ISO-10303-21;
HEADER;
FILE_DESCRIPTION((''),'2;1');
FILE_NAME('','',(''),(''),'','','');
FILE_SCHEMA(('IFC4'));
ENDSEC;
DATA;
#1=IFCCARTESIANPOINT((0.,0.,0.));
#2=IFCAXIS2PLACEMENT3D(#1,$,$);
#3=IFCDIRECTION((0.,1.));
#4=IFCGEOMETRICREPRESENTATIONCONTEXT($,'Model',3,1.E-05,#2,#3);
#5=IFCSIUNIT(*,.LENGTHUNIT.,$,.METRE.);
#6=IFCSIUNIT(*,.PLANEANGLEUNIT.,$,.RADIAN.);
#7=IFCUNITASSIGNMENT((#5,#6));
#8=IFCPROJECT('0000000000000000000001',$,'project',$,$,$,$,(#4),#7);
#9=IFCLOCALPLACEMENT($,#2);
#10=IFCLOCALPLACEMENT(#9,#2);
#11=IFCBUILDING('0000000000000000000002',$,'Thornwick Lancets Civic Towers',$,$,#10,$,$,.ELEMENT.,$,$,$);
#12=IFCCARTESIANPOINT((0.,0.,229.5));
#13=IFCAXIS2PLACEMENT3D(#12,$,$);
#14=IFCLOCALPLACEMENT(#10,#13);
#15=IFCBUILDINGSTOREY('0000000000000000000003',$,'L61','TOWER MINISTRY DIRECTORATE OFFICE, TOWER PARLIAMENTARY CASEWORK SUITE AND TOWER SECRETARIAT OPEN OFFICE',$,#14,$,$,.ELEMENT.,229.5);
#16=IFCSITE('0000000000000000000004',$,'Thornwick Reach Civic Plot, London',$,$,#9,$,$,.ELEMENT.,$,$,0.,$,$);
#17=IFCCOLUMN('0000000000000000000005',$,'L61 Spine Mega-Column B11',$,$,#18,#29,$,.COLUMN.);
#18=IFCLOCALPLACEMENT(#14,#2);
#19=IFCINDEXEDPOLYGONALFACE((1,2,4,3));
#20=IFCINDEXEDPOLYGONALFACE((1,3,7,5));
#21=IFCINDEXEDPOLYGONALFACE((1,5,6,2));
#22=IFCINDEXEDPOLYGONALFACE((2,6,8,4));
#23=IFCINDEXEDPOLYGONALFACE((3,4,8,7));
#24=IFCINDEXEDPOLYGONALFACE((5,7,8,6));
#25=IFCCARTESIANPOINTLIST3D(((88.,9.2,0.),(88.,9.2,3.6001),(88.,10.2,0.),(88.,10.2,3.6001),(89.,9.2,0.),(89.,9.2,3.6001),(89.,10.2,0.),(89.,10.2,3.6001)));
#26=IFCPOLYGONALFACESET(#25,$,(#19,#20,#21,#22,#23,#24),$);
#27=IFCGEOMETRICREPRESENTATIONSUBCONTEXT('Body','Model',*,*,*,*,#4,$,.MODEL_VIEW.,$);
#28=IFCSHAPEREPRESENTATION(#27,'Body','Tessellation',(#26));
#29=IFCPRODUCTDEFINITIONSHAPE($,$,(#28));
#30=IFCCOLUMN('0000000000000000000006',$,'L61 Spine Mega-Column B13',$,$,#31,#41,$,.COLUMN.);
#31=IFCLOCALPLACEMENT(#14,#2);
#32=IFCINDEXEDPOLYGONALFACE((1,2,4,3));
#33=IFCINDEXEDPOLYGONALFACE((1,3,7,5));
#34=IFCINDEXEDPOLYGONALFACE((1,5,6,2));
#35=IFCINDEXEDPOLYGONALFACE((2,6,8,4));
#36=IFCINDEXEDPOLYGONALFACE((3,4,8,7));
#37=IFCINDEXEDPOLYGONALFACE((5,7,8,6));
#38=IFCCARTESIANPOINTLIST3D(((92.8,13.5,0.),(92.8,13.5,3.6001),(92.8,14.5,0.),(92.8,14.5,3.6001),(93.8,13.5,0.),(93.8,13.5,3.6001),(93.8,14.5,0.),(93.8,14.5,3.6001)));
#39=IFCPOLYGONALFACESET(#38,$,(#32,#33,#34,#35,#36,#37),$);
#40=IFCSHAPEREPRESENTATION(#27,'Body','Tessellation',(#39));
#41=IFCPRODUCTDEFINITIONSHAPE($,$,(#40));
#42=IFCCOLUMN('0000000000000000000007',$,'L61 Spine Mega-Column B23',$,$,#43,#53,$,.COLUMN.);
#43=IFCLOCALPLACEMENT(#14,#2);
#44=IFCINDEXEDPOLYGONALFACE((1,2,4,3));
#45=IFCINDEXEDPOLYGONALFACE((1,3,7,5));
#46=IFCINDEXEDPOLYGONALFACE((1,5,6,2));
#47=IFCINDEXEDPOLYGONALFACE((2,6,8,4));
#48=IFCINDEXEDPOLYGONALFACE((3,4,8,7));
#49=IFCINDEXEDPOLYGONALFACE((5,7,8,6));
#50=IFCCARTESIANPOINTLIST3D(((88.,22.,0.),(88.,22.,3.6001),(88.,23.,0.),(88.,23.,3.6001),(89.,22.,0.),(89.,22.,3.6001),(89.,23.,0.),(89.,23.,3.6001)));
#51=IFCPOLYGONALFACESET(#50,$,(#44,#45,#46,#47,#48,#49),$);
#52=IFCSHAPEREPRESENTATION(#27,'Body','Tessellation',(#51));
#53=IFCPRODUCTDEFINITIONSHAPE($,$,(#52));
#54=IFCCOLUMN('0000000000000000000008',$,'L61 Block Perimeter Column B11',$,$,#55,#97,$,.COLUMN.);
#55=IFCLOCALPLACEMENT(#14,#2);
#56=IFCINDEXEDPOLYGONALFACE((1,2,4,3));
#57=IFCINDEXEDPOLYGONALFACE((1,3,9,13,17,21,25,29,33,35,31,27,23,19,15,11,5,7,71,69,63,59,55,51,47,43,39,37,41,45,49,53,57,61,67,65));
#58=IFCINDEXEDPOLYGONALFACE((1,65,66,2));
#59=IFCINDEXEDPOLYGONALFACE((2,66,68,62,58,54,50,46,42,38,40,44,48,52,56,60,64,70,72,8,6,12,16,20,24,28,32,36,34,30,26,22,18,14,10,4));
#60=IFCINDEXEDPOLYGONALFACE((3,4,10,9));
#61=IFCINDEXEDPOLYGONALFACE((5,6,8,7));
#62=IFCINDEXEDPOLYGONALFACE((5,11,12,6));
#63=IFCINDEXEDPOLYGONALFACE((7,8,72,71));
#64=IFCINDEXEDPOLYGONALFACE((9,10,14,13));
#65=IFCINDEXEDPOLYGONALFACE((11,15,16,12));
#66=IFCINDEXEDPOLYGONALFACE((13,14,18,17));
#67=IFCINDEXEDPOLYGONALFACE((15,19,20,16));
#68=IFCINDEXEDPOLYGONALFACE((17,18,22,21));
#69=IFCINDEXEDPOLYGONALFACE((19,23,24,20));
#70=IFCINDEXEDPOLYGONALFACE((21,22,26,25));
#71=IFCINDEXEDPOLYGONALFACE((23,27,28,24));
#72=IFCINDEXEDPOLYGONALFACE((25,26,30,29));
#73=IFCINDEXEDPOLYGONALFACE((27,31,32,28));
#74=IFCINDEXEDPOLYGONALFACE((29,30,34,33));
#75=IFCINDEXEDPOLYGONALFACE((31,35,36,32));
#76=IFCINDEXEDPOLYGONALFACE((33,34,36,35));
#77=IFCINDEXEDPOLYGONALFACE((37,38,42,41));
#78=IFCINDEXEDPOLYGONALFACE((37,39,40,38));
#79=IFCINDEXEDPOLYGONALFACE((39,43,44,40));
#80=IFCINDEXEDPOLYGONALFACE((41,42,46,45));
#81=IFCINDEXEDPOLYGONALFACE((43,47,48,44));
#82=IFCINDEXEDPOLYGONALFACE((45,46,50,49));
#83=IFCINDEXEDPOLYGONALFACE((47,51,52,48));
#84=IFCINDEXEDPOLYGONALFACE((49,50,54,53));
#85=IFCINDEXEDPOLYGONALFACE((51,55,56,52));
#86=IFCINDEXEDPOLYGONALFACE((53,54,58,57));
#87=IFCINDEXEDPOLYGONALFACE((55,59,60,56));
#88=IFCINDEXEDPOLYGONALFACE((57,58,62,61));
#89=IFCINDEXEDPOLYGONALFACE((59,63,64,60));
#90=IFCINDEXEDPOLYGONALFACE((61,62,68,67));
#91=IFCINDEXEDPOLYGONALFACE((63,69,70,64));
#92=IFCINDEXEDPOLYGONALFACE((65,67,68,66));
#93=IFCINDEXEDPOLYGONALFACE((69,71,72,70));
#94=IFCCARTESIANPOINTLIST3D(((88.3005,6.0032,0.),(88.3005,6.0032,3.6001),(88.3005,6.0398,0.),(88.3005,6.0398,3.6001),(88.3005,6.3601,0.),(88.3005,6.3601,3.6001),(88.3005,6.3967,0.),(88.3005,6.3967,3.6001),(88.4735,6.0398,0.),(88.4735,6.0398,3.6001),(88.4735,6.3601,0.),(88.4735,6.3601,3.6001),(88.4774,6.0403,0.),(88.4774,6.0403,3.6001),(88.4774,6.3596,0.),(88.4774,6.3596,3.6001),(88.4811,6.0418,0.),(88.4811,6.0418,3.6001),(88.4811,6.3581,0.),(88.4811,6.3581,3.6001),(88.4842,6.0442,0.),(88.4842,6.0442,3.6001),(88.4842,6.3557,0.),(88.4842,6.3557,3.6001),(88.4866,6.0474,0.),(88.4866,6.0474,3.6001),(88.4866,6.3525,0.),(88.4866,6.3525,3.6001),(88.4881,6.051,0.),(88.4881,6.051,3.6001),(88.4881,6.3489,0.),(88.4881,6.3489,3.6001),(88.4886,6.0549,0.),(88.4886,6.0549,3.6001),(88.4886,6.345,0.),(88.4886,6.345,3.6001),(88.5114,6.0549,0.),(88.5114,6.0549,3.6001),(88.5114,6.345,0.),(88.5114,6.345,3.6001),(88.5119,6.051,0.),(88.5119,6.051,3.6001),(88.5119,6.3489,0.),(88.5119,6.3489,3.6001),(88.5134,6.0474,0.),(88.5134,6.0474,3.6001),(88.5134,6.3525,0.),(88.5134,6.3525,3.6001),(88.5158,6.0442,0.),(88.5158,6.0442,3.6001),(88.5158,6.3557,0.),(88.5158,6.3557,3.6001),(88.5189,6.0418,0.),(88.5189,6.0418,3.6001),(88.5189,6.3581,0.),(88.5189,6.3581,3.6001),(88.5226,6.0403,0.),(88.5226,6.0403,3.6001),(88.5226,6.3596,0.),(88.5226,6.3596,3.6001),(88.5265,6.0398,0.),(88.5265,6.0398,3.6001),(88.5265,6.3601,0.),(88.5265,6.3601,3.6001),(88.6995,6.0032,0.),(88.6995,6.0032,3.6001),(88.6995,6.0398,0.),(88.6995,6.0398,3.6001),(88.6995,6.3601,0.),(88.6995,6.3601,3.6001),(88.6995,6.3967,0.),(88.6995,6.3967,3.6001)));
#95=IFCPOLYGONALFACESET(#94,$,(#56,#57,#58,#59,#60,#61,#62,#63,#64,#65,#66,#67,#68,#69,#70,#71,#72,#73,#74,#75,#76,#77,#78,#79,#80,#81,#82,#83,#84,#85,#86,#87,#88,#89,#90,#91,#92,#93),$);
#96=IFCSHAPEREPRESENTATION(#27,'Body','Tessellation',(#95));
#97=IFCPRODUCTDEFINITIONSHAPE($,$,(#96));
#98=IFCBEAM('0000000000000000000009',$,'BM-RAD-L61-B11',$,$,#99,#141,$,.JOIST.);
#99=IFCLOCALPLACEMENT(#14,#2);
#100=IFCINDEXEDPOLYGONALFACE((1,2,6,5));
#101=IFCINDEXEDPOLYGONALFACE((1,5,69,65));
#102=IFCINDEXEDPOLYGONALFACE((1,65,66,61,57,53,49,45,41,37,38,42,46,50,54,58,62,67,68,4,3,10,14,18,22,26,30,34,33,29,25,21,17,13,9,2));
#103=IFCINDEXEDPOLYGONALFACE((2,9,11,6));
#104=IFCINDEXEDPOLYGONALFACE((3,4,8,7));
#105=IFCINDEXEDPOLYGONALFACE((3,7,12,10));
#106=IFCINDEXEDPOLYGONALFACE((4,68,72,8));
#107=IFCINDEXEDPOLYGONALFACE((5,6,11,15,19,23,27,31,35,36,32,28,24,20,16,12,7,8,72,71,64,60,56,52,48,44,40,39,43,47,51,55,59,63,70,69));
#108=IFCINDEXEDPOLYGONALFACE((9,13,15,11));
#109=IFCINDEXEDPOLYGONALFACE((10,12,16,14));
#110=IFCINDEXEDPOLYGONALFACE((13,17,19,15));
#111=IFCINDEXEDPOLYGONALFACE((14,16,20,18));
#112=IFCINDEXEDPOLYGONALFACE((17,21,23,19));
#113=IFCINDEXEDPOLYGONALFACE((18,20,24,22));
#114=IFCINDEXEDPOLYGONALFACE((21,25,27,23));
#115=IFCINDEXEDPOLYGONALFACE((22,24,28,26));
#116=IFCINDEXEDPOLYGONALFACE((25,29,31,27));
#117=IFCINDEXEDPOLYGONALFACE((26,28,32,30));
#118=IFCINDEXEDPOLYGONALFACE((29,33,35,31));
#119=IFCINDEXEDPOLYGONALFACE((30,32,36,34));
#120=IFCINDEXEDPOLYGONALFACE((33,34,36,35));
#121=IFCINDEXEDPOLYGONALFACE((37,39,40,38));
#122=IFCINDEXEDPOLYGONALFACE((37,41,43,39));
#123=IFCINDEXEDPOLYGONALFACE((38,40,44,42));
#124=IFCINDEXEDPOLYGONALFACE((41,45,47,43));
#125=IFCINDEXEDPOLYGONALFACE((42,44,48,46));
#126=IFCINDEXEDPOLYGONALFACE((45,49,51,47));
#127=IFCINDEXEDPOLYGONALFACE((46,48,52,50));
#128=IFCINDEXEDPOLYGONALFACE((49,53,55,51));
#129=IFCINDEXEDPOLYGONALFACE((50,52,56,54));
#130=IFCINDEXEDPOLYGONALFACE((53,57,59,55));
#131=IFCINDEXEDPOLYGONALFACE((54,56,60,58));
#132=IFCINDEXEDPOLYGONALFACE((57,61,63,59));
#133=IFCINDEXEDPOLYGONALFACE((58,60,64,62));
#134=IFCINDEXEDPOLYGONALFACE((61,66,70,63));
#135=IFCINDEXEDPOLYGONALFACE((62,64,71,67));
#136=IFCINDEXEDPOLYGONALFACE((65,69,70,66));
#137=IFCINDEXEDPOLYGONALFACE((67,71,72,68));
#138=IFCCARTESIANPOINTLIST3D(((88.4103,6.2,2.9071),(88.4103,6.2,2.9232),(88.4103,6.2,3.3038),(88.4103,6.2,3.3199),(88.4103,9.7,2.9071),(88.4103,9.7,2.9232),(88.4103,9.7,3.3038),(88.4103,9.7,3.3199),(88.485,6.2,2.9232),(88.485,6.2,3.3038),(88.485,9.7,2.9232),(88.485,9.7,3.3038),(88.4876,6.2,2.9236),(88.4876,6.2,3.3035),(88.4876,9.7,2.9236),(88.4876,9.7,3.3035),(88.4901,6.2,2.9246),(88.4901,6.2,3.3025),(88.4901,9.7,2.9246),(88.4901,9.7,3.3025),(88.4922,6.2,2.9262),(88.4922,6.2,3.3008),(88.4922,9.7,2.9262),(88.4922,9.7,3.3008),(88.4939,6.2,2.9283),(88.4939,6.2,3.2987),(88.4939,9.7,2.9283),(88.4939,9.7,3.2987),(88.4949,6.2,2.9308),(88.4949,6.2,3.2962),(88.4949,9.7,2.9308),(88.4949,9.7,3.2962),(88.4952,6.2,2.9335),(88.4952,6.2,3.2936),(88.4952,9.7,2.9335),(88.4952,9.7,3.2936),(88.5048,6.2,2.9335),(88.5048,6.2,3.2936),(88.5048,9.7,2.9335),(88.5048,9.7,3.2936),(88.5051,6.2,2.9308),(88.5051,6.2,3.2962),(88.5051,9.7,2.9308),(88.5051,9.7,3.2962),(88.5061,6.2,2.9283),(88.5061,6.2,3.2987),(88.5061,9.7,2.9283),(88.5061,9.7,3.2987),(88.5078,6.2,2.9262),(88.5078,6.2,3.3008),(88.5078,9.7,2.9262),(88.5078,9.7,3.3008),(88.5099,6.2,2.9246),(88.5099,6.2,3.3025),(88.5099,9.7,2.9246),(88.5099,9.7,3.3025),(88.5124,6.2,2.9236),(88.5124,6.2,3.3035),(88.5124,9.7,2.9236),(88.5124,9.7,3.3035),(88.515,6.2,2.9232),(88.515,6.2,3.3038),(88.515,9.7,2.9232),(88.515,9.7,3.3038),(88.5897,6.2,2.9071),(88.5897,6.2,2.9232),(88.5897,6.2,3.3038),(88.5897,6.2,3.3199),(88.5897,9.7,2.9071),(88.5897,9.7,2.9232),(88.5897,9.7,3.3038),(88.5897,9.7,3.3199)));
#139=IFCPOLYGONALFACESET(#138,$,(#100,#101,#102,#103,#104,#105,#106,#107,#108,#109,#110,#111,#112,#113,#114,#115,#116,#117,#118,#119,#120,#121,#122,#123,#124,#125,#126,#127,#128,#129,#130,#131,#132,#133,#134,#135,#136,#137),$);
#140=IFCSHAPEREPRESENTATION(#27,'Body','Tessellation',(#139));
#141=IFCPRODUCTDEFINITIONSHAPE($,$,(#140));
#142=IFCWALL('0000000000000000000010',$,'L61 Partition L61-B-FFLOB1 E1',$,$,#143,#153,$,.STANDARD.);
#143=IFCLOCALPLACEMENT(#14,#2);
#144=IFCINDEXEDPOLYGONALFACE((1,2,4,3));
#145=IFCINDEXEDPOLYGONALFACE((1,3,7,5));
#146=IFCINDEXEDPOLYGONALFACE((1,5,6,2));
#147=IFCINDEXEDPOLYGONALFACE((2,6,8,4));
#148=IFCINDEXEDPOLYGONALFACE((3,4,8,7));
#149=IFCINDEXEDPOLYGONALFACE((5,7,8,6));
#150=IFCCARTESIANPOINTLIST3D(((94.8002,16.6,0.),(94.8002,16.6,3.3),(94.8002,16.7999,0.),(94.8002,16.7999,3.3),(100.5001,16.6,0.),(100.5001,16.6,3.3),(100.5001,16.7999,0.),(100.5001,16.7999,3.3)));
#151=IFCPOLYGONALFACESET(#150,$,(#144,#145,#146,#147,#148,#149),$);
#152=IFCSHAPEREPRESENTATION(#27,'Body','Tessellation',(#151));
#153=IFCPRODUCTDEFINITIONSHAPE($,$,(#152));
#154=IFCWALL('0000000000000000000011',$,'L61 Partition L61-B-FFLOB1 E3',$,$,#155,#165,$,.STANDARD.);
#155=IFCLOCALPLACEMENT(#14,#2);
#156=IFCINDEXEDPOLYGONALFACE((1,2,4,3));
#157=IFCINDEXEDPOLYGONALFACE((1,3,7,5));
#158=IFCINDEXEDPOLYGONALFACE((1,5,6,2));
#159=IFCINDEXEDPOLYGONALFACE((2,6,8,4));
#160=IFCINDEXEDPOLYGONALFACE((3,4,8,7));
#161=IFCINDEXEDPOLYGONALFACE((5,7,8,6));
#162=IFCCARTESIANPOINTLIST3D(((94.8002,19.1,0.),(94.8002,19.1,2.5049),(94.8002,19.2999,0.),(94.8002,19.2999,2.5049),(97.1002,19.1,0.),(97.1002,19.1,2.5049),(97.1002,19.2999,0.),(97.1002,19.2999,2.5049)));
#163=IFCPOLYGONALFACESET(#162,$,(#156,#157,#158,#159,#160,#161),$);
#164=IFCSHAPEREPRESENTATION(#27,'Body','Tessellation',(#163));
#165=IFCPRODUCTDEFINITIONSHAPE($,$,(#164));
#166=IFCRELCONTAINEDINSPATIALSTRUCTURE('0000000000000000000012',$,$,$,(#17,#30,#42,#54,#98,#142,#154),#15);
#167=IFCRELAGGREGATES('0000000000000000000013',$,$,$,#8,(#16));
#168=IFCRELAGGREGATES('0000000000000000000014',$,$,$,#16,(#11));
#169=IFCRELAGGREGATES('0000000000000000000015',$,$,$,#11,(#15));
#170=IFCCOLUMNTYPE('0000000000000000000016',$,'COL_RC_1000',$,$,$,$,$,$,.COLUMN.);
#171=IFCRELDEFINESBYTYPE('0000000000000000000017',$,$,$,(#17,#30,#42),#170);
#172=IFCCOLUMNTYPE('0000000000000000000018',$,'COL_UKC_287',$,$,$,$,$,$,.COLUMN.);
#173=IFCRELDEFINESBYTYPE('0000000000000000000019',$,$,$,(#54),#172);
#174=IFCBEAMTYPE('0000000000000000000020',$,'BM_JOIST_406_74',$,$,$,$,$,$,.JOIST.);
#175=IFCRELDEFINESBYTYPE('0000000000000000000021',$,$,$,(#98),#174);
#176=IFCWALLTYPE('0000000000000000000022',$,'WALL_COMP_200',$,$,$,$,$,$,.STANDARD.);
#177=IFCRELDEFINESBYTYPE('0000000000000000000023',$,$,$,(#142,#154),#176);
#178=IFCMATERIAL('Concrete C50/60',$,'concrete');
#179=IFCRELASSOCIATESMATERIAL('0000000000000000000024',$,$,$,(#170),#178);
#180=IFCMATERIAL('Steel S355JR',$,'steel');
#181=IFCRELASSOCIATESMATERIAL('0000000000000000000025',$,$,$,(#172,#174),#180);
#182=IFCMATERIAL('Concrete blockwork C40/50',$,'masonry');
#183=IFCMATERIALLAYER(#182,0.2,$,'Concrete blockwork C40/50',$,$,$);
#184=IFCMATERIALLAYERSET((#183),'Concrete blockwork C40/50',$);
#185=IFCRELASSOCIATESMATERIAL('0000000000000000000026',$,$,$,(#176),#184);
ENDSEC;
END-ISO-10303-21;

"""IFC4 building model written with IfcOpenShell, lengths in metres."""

from ifc_helpers import new_model, si_unit, direction, frame, frame_2d, origin, origin_2d, place, context, subcontext, project, spatial, rectangle, i_section, extrude, material, layer, layer_set, material_profile, profile_set, type_object, element, save


model = new_model("IFC4")

# Units and contexts
model_context = context("Model", 3, precision=1e-05, world=origin(), true_north=direction((0.0, 1.0)))
body_context = subcontext(model_context, "Body", "Model", "MODEL_VIEW")
ifc_project = project(units=[si_unit("LENGTHUNIT", "METRE"), si_unit("PLANEANGLEUNIT", "RADIAN")], contexts=[model_context])

# Site, building, storey
site_placement = place(None, origin())
site = spatial("IfcSite", under=ifc_project, at=site_placement, Name="Thornwick Reach Civic Plot, London", CompositionType="ELEMENT", RefElevation=0.0)
building_placement = place(site_placement, origin())
building = spatial("IfcBuilding", under=site, at=building_placement, Name="Thornwick Lancets Civic Towers", CompositionType="ELEMENT")
storey_placement = place(building_placement, frame((0.0, 0.0, 229.5)))
storey = spatial("IfcBuildingStorey", under=building, at=storey_placement, Name="L61", Description="TOWER MINISTRY DIRECTORATE OFFICE, TOWER PARLIAMENTARY CASEWORK SUITE AND TOWER SECRETARIAT OPEN OFFICE", CompositionType="ELEMENT", Elevation=229.5)

# Columns
ifc_material_1 = material(Name="Concrete C50/60", Category="concrete")
ifc_material_profile_1 = material_profile(ifc_material_1, rectangle(XDim=1.0, YDim=1.0, at=origin_2d()), Name="RC 1000x1000")
ifc_profile_set_1 = profile_set([ifc_material_profile_1], Name="Concrete C50/60")
column_type_1 = type_object("IfcColumnType", Name="COL_RC_1000", PredefinedType="COLUMN", material=ifc_profile_set_1)
for number, where, z_axis, x_axis, name in (
    (1, (88.5, 9.7, 0.0), (0.0, 0.0, 1.0), (1.0, 0.0, 0.0), "L61 Spine Mega-Column B11"),
    (2, (93.3, 14.0, 0.0), (0.0, 0.0, 1.0), (1.0, 0.0, 0.0), "L61 Spine Mega-Column B13"),
    (3, (88.5, 22.5, 0.0), (0.0, 0.0, 1.0), (1.0, 0.0, 0.0), "L61 Spine Mega-Column B23"),
):
    element("IfcColumn", number, at=place(storey_placement, frame(where, z_axis=z_axis, x_axis=x_axis)), inside=storey, type_object=column_type_1, Name=name, PredefinedType="COLUMN", context=body_context, shape_type="SweptSolid", body=[
        extrude(rectangle(XDim=1.0, YDim=1.0, at=origin_2d()), origin(), (0.0, 0.0, 1.0), 3.6001),
    ])
ifc_material_2 = material(Name="Steel S355JR", Category="steel")
ifc_material_profile_2 = material_profile(ifc_material_2, i_section(OverallWidth=0.3989, OverallDepth=0.3936, WebThickness=0.0227, FlangeThickness=0.0366, FilletRadius=0.0151, at=origin_2d()), Name="UKC 356x406x287")
ifc_profile_set_2 = profile_set([ifc_material_profile_2], Name="Steel S355JR")
column_type_2 = type_object("IfcColumnType", Name="COL_UKC_287", PredefinedType="COLUMN", material=ifc_profile_set_2)
column_placement = place(storey_placement, frame((88.5, 6.2, 0.0), z_axis=(0.0, 0.0, 1.0), x_axis=(1.0, 0.0, 0.0)))
element("IfcColumn", 4, at=column_placement, inside=storey, type_object=column_type_2, Name="L61 Block Perimeter Column B11", PredefinedType="COLUMN", context=body_context, shape_type="SweptSolid", body=[
    extrude(i_section(OverallWidth=0.3989, OverallDepth=0.3936, WebThickness=0.0227, FlangeThickness=0.0366, FilletRadius=0.0151, at=origin_2d()), origin(), (0.0, 0.0, 1.0), 3.6001),
])

# Beam
ifc_material_profile_3 = material_profile(ifc_material_2, i_section(OverallWidth=0.1794, OverallDepth=0.4128, WebThickness=0.0095, FlangeThickness=0.0161, FilletRadius=0.0103, at=origin_2d()), Name="UKB 406x178x74")
ifc_profile_set_3 = profile_set([ifc_material_profile_3], Name="Steel S355JR")
beam_type = type_object("IfcBeamType", Name="BM_JOIST_406_74", PredefinedType="JOIST", material=ifc_profile_set_3)
beam_placement = place(storey_placement, frame((88.5, 9.7, 3.1135), z_axis=(0.0, -1.0, 0.0), x_axis=(1.0, 0.0, 0.0)))
element("IfcBeam", 5, at=beam_placement, inside=storey, type_object=beam_type, Name="BM-RAD-L61-B11", PredefinedType="JOIST", context=body_context, shape_type="SweptSolid", body=[
    extrude(i_section(OverallWidth=0.1794, OverallDepth=0.4128, WebThickness=0.0095, FlangeThickness=0.0161, FilletRadius=0.0103, at=origin_2d()), origin(), (0.0, 0.0, 1.0), 3.5),
])

# Walls
ifc_material_3 = material(Name="Concrete blockwork C40/50", Category="masonry")
ifc_layer_1 = layer(ifc_material_3, 0.2, Name="Concrete blockwork C40/50")
ifc_layer_set_1 = layer_set([ifc_layer_1], Name="Concrete blockwork C40/50")
wall_type_1 = type_object("IfcWallType", Name="WALL_COMP_200", PredefinedType="STANDARD", material=ifc_layer_set_1)
wall_1_placement = place(storey_placement, frame((94.8, 16.7, 0.0), z_axis=(0.0, 0.0, 1.0), x_axis=(1.0, 0.0, 0.0)))
element("IfcWall", 6, at=wall_1_placement, inside=storey, type_object=wall_type_1, Name="L61 Partition L61-B-FFLOB1 E1", PredefinedType="STANDARD", context=body_context, shape_type="SweptSolid", body=[
    extrude(rectangle(XDim=5.7, YDim=0.2, at=frame_2d((2.8501, 0.0))), origin(), (0.0, 0.0, 1.0), 3.3),
])
wall_2_placement = place(storey_placement, frame((97.1001, 19.2, 0.0), z_axis=(0.0, 0.0, 1.0), x_axis=(-1.0, 0.0, 0.0)))
element("IfcWall", 7, at=wall_2_placement, inside=storey, type_object=wall_type_1, Name="L61 Partition L61-B-FFLOB1 E3", PredefinedType="STANDARD", context=body_context, shape_type="SweptSolid", body=[
    extrude(rectangle(XDim=2.3, YDim=0.2, at=frame_2d((1.1499, 0.0))), origin(), (0.0, 0.0, 1.0), 2.5049),
])

save(model, "model.ifc")
